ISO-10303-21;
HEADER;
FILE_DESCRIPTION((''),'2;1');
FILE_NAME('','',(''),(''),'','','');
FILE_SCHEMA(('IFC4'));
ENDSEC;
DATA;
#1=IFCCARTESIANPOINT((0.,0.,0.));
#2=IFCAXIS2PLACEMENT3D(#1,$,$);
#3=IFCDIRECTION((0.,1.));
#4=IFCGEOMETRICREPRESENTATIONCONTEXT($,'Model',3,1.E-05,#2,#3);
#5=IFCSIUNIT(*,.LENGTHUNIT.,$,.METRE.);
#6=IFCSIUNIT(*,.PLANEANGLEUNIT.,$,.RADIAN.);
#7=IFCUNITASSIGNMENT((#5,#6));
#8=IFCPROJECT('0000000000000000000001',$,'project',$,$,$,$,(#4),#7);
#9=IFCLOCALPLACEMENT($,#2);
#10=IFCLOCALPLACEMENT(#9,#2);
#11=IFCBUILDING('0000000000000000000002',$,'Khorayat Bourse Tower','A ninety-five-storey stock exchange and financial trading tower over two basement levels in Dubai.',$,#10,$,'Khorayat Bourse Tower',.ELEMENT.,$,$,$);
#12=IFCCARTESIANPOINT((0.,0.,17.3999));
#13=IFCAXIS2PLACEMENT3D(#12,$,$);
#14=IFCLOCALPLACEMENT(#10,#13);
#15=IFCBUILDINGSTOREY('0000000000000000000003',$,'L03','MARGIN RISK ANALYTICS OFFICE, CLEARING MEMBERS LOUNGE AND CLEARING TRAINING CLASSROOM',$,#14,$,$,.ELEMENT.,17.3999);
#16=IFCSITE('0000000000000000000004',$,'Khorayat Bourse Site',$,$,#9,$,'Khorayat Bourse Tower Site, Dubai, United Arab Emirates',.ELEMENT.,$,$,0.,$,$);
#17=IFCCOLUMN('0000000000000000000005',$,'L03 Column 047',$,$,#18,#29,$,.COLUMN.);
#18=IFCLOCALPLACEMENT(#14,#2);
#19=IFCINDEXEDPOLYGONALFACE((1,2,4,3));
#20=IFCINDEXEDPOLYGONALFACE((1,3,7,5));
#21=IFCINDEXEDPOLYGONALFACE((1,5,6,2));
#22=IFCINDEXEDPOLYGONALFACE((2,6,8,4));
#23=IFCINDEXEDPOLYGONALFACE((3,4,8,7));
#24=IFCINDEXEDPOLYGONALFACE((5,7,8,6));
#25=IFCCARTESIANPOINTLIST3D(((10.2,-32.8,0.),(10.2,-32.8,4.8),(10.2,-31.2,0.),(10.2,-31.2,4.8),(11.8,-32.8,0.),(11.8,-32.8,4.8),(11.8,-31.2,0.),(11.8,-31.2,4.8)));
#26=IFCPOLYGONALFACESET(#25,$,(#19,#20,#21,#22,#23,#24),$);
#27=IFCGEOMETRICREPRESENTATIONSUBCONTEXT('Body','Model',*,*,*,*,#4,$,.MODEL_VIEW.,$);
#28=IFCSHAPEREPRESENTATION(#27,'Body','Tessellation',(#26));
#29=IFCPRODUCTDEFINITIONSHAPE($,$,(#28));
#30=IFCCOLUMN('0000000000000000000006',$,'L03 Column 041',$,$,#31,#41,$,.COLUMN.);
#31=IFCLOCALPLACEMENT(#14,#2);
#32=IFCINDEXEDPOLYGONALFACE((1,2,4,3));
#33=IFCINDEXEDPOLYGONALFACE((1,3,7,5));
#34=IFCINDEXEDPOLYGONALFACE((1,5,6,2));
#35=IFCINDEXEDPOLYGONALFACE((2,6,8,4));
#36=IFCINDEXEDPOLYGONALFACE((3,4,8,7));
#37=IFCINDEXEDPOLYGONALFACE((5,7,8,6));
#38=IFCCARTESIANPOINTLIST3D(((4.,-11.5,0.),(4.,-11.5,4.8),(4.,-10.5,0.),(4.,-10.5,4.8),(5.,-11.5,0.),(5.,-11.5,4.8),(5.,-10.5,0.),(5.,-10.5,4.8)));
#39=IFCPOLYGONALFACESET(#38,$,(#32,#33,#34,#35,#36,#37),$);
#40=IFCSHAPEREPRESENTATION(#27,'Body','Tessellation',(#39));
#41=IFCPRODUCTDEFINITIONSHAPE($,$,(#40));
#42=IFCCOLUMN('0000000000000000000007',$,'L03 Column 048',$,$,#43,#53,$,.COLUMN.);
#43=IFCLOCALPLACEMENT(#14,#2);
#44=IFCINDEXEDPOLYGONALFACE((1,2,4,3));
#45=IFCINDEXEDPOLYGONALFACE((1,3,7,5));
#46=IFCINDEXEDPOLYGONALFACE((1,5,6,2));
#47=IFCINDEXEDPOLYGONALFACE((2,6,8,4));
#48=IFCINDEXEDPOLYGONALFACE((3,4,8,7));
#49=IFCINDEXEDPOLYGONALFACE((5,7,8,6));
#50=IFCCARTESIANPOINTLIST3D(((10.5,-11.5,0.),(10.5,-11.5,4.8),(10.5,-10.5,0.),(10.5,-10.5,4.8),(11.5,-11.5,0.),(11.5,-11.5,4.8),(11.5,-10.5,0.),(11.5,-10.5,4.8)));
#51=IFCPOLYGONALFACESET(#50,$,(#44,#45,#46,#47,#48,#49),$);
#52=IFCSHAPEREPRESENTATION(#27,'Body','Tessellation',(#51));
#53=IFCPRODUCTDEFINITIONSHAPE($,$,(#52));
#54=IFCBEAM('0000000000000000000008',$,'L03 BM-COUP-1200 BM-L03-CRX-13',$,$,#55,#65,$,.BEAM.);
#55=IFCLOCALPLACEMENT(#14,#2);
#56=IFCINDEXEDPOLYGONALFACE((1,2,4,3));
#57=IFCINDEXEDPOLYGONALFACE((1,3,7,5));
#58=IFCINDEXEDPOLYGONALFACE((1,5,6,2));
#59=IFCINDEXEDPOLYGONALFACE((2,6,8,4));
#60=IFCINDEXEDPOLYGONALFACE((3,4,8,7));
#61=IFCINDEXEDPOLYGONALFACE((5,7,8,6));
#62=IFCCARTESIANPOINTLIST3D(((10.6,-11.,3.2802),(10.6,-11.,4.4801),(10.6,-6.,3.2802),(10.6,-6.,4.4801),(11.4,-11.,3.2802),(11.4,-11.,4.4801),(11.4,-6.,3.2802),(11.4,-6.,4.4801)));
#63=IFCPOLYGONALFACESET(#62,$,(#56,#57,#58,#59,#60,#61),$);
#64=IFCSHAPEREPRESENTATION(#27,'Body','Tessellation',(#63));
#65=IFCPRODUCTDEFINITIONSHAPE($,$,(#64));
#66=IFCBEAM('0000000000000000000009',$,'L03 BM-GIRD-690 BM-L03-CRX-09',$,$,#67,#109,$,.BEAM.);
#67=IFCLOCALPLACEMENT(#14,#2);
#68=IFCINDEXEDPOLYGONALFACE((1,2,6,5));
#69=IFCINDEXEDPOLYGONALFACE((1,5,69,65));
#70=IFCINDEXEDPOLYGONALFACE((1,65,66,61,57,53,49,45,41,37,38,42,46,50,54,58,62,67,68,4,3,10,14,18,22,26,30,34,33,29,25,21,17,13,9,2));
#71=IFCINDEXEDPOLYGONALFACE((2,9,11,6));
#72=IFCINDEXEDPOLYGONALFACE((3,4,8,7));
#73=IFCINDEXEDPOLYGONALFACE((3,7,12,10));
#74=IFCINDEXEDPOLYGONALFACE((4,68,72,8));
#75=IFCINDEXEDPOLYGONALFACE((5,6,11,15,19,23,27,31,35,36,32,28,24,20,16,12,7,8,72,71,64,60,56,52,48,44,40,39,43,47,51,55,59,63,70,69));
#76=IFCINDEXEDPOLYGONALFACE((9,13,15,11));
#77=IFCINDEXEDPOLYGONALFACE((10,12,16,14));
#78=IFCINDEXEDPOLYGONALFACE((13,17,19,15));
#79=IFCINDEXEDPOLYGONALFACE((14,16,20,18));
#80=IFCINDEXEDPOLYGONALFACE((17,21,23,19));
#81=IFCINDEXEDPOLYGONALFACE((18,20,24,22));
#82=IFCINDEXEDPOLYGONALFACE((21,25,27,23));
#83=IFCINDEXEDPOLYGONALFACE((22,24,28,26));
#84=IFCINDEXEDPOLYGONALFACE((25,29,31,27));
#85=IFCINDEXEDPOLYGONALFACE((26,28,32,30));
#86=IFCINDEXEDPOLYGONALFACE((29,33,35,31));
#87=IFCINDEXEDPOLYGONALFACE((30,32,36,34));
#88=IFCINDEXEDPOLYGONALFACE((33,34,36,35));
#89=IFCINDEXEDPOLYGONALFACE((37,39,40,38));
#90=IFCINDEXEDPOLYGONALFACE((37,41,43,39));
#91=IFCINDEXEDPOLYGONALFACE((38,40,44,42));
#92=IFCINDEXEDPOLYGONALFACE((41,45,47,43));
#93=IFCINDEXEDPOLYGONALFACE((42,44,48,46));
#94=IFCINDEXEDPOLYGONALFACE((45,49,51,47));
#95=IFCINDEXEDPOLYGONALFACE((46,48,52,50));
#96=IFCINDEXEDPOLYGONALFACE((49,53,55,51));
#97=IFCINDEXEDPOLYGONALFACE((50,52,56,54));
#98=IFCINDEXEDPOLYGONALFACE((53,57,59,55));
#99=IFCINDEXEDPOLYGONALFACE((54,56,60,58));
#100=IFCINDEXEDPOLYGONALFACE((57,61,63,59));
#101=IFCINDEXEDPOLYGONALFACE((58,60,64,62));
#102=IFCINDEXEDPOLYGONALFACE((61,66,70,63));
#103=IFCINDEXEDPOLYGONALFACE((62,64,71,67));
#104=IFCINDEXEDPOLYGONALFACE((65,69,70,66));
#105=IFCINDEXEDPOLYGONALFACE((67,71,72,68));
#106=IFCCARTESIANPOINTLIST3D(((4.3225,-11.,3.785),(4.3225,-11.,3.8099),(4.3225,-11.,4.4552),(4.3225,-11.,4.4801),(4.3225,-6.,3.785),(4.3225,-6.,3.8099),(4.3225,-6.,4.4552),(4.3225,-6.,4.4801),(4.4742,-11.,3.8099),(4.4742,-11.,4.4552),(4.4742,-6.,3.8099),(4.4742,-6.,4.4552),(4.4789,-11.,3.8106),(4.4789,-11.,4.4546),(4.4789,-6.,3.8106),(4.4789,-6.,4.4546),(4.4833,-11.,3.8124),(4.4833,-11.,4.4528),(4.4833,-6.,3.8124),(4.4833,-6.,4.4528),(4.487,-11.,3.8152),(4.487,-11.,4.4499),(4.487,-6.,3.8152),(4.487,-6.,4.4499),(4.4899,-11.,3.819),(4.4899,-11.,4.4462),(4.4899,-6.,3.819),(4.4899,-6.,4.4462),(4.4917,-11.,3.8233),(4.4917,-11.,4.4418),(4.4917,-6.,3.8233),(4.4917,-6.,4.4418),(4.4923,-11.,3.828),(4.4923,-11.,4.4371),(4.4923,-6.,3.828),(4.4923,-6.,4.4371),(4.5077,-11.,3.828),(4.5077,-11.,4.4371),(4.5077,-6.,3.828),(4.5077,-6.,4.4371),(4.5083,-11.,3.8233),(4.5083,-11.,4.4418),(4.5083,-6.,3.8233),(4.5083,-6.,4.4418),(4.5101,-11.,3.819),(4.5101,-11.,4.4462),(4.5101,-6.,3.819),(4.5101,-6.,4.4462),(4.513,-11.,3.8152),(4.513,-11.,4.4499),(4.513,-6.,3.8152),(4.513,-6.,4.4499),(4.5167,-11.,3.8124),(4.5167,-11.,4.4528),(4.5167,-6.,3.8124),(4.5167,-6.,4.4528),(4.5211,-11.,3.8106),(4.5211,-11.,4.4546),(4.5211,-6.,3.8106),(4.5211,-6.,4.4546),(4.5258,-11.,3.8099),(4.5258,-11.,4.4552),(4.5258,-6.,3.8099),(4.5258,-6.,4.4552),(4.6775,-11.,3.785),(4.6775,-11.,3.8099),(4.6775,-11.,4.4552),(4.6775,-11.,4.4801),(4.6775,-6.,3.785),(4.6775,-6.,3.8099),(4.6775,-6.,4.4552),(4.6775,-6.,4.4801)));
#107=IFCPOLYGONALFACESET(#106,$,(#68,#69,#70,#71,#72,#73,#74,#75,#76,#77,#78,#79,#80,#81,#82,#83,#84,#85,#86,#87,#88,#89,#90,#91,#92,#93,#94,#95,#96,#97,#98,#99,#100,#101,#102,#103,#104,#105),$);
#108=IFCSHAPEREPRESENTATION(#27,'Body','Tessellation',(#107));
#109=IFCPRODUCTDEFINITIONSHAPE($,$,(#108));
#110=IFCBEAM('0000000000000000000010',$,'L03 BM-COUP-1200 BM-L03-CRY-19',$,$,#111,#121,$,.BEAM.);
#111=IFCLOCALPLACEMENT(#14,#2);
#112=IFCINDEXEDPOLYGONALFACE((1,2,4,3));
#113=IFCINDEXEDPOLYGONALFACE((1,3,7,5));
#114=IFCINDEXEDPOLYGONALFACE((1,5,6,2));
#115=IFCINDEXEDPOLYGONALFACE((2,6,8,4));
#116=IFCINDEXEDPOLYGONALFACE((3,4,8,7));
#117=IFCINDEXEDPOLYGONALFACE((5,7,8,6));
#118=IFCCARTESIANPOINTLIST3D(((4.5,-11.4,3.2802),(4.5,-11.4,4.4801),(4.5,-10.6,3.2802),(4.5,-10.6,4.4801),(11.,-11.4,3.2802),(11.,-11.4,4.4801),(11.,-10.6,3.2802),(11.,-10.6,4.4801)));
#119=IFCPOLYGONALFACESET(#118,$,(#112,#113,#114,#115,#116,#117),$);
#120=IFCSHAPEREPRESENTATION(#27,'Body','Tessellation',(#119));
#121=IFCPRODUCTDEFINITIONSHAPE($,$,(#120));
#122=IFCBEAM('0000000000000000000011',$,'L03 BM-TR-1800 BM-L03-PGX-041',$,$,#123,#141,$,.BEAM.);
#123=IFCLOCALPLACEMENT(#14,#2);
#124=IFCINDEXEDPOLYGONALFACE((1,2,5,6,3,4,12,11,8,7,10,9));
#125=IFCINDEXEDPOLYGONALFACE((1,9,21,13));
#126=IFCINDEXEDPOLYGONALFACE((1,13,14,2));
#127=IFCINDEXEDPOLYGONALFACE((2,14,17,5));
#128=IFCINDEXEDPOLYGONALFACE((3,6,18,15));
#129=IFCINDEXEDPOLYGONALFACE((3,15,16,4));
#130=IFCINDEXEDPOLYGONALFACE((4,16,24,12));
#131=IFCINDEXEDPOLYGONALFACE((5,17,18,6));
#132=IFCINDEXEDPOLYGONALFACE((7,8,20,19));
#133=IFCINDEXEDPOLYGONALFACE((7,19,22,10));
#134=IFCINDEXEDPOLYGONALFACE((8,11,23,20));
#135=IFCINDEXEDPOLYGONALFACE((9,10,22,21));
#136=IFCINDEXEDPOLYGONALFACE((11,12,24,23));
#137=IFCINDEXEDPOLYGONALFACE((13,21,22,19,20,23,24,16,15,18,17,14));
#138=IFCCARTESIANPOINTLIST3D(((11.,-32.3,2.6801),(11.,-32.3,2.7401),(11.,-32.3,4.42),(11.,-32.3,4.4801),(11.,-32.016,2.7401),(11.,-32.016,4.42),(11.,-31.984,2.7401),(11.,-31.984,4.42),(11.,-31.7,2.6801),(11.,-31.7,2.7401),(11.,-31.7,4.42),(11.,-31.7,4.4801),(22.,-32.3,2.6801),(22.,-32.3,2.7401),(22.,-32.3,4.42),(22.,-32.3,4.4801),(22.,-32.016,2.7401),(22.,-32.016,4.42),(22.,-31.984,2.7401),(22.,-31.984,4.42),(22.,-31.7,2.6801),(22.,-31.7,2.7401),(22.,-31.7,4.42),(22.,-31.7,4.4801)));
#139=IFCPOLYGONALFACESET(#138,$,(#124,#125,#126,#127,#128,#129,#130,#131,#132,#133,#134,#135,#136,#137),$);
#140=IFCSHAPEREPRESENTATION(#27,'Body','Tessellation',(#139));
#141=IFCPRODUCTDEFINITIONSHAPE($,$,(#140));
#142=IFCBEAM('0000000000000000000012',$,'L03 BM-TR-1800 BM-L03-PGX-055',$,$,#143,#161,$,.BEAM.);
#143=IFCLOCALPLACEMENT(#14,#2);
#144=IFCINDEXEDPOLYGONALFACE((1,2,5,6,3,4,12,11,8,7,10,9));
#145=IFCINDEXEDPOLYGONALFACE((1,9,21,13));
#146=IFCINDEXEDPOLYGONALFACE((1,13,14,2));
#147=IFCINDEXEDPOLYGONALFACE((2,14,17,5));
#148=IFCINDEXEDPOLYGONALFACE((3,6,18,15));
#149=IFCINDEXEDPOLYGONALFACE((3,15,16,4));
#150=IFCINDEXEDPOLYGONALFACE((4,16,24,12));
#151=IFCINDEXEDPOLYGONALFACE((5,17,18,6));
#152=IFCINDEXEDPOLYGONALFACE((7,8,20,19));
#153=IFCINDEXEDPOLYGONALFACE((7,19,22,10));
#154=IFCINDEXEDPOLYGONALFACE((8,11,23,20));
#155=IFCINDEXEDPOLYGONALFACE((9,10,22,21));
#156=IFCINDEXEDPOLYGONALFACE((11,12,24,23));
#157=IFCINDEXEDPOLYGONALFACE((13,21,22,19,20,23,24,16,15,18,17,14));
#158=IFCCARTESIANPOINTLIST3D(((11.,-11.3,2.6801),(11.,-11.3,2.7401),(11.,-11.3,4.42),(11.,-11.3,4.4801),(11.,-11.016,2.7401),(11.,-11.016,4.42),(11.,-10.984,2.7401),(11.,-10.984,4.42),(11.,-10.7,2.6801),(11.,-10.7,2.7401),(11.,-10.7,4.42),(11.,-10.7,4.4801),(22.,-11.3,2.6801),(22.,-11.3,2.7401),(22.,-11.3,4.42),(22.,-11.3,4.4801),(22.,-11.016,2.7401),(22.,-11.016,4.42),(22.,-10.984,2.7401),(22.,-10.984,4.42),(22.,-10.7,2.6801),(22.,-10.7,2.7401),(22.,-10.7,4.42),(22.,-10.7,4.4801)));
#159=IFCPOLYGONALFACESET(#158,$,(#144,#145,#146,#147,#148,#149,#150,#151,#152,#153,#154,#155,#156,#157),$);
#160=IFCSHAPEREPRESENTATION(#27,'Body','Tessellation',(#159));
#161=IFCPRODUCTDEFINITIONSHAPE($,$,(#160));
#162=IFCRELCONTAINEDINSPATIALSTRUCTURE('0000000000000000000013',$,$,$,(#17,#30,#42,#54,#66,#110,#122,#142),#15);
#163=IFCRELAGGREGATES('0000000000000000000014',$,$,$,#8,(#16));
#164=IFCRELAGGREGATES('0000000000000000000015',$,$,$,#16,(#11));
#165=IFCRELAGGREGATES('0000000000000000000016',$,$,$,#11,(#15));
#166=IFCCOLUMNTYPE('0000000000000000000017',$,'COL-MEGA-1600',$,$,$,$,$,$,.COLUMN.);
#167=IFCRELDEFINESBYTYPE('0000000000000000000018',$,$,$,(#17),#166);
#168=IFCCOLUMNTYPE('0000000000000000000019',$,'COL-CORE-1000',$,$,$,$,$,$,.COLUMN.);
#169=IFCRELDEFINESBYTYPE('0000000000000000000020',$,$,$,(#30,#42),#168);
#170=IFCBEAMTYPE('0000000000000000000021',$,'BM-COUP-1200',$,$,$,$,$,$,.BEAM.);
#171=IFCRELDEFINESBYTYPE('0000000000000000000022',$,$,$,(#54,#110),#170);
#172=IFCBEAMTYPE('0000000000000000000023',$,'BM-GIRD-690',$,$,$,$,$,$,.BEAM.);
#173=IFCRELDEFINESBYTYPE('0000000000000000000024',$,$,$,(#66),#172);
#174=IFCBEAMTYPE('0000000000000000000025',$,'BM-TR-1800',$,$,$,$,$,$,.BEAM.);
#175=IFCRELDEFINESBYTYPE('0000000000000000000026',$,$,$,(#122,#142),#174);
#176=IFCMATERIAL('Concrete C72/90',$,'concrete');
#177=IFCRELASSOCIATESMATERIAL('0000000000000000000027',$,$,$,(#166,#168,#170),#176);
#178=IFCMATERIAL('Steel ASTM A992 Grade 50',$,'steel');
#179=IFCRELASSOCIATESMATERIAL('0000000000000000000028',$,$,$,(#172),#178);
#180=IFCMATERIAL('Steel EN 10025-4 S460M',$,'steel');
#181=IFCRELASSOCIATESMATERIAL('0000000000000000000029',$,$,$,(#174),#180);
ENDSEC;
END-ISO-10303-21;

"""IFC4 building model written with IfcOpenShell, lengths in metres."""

from ifc_helpers import new_model, si_unit, direction, frame, origin, origin_2d, place, context, subcontext, project, spatial, rectangle, i_section, extrude, source, transform, mapped, material, material_profile, profile_set, type_object, element, save


model = new_model("IFC4")

# Units and contexts
model_context = context("Model", 3, precision=1e-05, world=origin(), true_north=direction((0.0, 1.0)))
body_context = subcontext(model_context, "Body", "Model", "MODEL_VIEW")
ifc_project = project(units=[si_unit("LENGTHUNIT", "METRE"), si_unit("PLANEANGLEUNIT", "RADIAN")], contexts=[model_context])

# Site, building, storey
site_placement = place(None, origin())
site = spatial("IfcSite", under=ifc_project, at=site_placement, Name="Khorayat Bourse Site", LongName="Khorayat Bourse Tower Site, Dubai, United Arab Emirates", CompositionType="ELEMENT", RefElevation=0.0)
building_placement = place(site_placement, origin())
building = spatial("IfcBuilding", under=site, at=building_placement, Name="Khorayat Bourse Tower", Description="A ninety-five-storey stock exchange and financial trading tower over two basement levels in Dubai.", LongName="Khorayat Bourse Tower", CompositionType="ELEMENT")
storey_placement = place(building_placement, frame((0.0, 0.0, 17.3999)))
storey = spatial("IfcBuildingStorey", under=building, at=storey_placement, Name="L03", Description="MARGIN RISK ANALYTICS OFFICE, CLEARING MEMBERS LOUNGE AND CLEARING TRAINING CLASSROOM", CompositionType="ELEMENT", Elevation=17.3999)

# Columns
ifc_material_1 = material(Name="Concrete C72/90", Category="concrete")
ifc_material_profile_1 = material_profile(ifc_material_1, rectangle(XDim=1.6001, YDim=1.6001, at=origin_2d()), Name="RC 1600x1600")
ifc_profile_set_1 = profile_set([ifc_material_profile_1], Name="Concrete C72/90")
column_type_1 = type_object("IfcColumnType", Name="COL-MEGA-1600", PredefinedType="COLUMN", material=ifc_profile_set_1)
shared_shape_1 = source(origin(), body_context, "Body", "SweptSolid", [
    extrude(rectangle(XDim=1.6001, YDim=1.6001, at=origin_2d()), origin(), (0.0, 0.0, 1.0), 4.8),
])
column_placement = place(storey_placement, frame((11.0, -32.0, 0.0), z_axis=(0.0, 0.0, 1.0), x_axis=(1.0, 0.0, 0.0)))
element("IfcColumn", 1, at=column_placement, inside=storey, type_object=column_type_1, Name="L03 Column 047", PredefinedType="COLUMN", context=body_context, shape_type="MappedRepresentation", body=[
    mapped(shared_shape_1, transform((0.0, 0.0, 0.0), scale=1.0)),
])
ifc_material_profile_2 = material_profile(ifc_material_1, rectangle(XDim=1.0, YDim=1.0, at=origin_2d()), Name="RC 1000x1000")
ifc_profile_set_2 = profile_set([ifc_material_profile_2], Name="Concrete C72/90")
column_type_2 = type_object("IfcColumnType", Name="COL-CORE-1000", PredefinedType="COLUMN", material=ifc_profile_set_2)
shared_shape_2 = source(origin(), body_context, "Body", "SweptSolid", [
    extrude(rectangle(XDim=1.0, YDim=1.0, at=origin_2d()), origin(), (0.0, 0.0, 1.0), 4.8),
])
for number, where, z_axis, x_axis, name in (
    (2, (4.5, -11.0, 0.0), (0.0, 0.0, 1.0), (1.0, 0.0, 0.0), "L03 Column 041"),
    (3, (11.0, -11.0, 0.0), (0.0, 0.0, 1.0), (1.0, 0.0, 0.0), "L03 Column 048"),
):
    element("IfcColumn", number, at=place(storey_placement, frame(where, z_axis=z_axis, x_axis=x_axis)), inside=storey, type_object=column_type_2, Name=name, PredefinedType="COLUMN", context=body_context, shape_type="MappedRepresentation", body=[
        mapped(shared_shape_2, transform((0.0, 0.0, 0.0), scale=1.0)),
    ])

# Beams
ifc_material_profile_3 = material_profile(ifc_material_1, rectangle(XDim=0.8, YDim=1.2, at=origin_2d()), Name="RC 800x1200")
ifc_profile_set_3 = profile_set([ifc_material_profile_3], Name="Concrete C72/90")
beam_type_1 = type_object("IfcBeamType", Name="BM-COUP-1200", PredefinedType="BEAM", material=ifc_profile_set_3)
shared_shape_3 = source(origin(), body_context, "Body", "SweptSolid", [
    extrude(rectangle(XDim=0.8, YDim=1.2, at=origin_2d()), origin(), (0.0, 0.0, 1.0), 5.0),
])
beam_1_placement = place(storey_placement, frame((11.0, -11.0, 3.8801), z_axis=(0.0, 1.0, 0.0), x_axis=(-1.0, 0.0, 0.0)))
element("IfcBeam", 4, at=beam_1_placement, inside=storey, type_object=beam_type_1, Name="L03 BM-COUP-1200 BM-L03-CRX-13", PredefinedType="BEAM", context=body_context, shape_type="MappedRepresentation", body=[
    mapped(shared_shape_3, transform((0.0, 0.0, 0.0), scale=1.0)),
])
ifc_material_2 = material(Name="Steel ASTM A992 Grade 50", Category="steel")
ifc_material_profile_4 = material_profile(ifc_material_2, i_section(OverallWidth=0.355, OverallDepth=0.6951, WebThickness=0.0154, FlangeThickness=0.0249, FilletRadius=0.0181, at=origin_2d()), Name="W690X217")
ifc_profile_set_4 = profile_set([ifc_material_profile_4], Name="Steel ASTM A992 Grade 50")
beam_type_2 = type_object("IfcBeamType", Name="BM-GIRD-690", PredefinedType="BEAM", material=ifc_profile_set_4)
shared_shape_4 = source(origin(), body_context, "Body", "SweptSolid", [
    extrude(i_section(OverallWidth=0.355, OverallDepth=0.6951, WebThickness=0.0154, FlangeThickness=0.0249, FilletRadius=0.0181, at=origin_2d()), origin(), (0.0, 0.0, 1.0), 5.0),
])
beam_2_placement = place(storey_placement, frame((4.5, -11.0, 4.1326), z_axis=(0.0, 1.0, 0.0), x_axis=(-1.0, 0.0, 0.0)))
element("IfcBeam", 5, at=beam_2_placement, inside=storey, type_object=beam_type_2, Name="L03 BM-GIRD-690 BM-L03-CRX-09", PredefinedType="BEAM", context=body_context, shape_type="MappedRepresentation", body=[
    mapped(shared_shape_4, transform((0.0, 0.0, 0.0), scale=1.0)),
])
shared_shape_5 = source(origin(), body_context, "Body", "SweptSolid", [
    extrude(rectangle(XDim=0.8, YDim=1.2, at=origin_2d()), origin(), (0.0, 0.0, 1.0), 6.5),
])
beam_3_placement = place(storey_placement, frame((4.5, -11.0, 3.8801), z_axis=(1.0, 0.0, 0.0), x_axis=(0.0, 1.0, 0.0)))
element("IfcBeam", 6, at=beam_3_placement, inside=storey, type_object=beam_type_1, Name="L03 BM-COUP-1200 BM-L03-CRY-19", PredefinedType="BEAM", context=body_context, shape_type="MappedRepresentation", body=[
    mapped(shared_shape_5, transform((0.0, 0.0, 0.0), scale=1.0)),
])
ifc_material_3 = material(Name="Steel EN 10025-4 S460M", Category="steel")
ifc_material_profile_5 = material_profile(ifc_material_3, i_section(OverallWidth=0.6001, OverallDepth=1.8, WebThickness=0.032, FlangeThickness=0.0601, at=origin_2d()), Name="PG 1800x600x32x60")
ifc_profile_set_5 = profile_set([ifc_material_profile_5], Name="Steel EN 10025-4 S460M")
beam_type_3 = type_object("IfcBeamType", Name="BM-TR-1800", PredefinedType="BEAM", material=ifc_profile_set_5)
shared_shape_6 = source(origin(), body_context, "Body", "SweptSolid", [
    extrude(i_section(OverallWidth=0.6001, OverallDepth=1.8, WebThickness=0.032, FlangeThickness=0.0601, at=origin_2d()), origin(), (0.0, 0.0, 1.0), 11.0),
])
for number, where, z_axis, x_axis, name in (
    (7, (11.0, -32.0, 3.5801), (1.0, 0.0, 0.0), (0.0, 1.0, 0.0), "L03 BM-TR-1800 BM-L03-PGX-041"),
    (8, (11.0, -11.0, 3.5801), (1.0, 0.0, 0.0), (0.0, 1.0, 0.0), "L03 BM-TR-1800 BM-L03-PGX-055"),
):
    element("IfcBeam", number, at=place(storey_placement, frame(where, z_axis=z_axis, x_axis=x_axis)), inside=storey, type_object=beam_type_3, Name=name, PredefinedType="BEAM", context=body_context, shape_type="MappedRepresentation", body=[
        mapped(shared_shape_6, transform((0.0, 0.0, 0.0), scale=1.0)),
    ])

save(model, "model.ifc")
